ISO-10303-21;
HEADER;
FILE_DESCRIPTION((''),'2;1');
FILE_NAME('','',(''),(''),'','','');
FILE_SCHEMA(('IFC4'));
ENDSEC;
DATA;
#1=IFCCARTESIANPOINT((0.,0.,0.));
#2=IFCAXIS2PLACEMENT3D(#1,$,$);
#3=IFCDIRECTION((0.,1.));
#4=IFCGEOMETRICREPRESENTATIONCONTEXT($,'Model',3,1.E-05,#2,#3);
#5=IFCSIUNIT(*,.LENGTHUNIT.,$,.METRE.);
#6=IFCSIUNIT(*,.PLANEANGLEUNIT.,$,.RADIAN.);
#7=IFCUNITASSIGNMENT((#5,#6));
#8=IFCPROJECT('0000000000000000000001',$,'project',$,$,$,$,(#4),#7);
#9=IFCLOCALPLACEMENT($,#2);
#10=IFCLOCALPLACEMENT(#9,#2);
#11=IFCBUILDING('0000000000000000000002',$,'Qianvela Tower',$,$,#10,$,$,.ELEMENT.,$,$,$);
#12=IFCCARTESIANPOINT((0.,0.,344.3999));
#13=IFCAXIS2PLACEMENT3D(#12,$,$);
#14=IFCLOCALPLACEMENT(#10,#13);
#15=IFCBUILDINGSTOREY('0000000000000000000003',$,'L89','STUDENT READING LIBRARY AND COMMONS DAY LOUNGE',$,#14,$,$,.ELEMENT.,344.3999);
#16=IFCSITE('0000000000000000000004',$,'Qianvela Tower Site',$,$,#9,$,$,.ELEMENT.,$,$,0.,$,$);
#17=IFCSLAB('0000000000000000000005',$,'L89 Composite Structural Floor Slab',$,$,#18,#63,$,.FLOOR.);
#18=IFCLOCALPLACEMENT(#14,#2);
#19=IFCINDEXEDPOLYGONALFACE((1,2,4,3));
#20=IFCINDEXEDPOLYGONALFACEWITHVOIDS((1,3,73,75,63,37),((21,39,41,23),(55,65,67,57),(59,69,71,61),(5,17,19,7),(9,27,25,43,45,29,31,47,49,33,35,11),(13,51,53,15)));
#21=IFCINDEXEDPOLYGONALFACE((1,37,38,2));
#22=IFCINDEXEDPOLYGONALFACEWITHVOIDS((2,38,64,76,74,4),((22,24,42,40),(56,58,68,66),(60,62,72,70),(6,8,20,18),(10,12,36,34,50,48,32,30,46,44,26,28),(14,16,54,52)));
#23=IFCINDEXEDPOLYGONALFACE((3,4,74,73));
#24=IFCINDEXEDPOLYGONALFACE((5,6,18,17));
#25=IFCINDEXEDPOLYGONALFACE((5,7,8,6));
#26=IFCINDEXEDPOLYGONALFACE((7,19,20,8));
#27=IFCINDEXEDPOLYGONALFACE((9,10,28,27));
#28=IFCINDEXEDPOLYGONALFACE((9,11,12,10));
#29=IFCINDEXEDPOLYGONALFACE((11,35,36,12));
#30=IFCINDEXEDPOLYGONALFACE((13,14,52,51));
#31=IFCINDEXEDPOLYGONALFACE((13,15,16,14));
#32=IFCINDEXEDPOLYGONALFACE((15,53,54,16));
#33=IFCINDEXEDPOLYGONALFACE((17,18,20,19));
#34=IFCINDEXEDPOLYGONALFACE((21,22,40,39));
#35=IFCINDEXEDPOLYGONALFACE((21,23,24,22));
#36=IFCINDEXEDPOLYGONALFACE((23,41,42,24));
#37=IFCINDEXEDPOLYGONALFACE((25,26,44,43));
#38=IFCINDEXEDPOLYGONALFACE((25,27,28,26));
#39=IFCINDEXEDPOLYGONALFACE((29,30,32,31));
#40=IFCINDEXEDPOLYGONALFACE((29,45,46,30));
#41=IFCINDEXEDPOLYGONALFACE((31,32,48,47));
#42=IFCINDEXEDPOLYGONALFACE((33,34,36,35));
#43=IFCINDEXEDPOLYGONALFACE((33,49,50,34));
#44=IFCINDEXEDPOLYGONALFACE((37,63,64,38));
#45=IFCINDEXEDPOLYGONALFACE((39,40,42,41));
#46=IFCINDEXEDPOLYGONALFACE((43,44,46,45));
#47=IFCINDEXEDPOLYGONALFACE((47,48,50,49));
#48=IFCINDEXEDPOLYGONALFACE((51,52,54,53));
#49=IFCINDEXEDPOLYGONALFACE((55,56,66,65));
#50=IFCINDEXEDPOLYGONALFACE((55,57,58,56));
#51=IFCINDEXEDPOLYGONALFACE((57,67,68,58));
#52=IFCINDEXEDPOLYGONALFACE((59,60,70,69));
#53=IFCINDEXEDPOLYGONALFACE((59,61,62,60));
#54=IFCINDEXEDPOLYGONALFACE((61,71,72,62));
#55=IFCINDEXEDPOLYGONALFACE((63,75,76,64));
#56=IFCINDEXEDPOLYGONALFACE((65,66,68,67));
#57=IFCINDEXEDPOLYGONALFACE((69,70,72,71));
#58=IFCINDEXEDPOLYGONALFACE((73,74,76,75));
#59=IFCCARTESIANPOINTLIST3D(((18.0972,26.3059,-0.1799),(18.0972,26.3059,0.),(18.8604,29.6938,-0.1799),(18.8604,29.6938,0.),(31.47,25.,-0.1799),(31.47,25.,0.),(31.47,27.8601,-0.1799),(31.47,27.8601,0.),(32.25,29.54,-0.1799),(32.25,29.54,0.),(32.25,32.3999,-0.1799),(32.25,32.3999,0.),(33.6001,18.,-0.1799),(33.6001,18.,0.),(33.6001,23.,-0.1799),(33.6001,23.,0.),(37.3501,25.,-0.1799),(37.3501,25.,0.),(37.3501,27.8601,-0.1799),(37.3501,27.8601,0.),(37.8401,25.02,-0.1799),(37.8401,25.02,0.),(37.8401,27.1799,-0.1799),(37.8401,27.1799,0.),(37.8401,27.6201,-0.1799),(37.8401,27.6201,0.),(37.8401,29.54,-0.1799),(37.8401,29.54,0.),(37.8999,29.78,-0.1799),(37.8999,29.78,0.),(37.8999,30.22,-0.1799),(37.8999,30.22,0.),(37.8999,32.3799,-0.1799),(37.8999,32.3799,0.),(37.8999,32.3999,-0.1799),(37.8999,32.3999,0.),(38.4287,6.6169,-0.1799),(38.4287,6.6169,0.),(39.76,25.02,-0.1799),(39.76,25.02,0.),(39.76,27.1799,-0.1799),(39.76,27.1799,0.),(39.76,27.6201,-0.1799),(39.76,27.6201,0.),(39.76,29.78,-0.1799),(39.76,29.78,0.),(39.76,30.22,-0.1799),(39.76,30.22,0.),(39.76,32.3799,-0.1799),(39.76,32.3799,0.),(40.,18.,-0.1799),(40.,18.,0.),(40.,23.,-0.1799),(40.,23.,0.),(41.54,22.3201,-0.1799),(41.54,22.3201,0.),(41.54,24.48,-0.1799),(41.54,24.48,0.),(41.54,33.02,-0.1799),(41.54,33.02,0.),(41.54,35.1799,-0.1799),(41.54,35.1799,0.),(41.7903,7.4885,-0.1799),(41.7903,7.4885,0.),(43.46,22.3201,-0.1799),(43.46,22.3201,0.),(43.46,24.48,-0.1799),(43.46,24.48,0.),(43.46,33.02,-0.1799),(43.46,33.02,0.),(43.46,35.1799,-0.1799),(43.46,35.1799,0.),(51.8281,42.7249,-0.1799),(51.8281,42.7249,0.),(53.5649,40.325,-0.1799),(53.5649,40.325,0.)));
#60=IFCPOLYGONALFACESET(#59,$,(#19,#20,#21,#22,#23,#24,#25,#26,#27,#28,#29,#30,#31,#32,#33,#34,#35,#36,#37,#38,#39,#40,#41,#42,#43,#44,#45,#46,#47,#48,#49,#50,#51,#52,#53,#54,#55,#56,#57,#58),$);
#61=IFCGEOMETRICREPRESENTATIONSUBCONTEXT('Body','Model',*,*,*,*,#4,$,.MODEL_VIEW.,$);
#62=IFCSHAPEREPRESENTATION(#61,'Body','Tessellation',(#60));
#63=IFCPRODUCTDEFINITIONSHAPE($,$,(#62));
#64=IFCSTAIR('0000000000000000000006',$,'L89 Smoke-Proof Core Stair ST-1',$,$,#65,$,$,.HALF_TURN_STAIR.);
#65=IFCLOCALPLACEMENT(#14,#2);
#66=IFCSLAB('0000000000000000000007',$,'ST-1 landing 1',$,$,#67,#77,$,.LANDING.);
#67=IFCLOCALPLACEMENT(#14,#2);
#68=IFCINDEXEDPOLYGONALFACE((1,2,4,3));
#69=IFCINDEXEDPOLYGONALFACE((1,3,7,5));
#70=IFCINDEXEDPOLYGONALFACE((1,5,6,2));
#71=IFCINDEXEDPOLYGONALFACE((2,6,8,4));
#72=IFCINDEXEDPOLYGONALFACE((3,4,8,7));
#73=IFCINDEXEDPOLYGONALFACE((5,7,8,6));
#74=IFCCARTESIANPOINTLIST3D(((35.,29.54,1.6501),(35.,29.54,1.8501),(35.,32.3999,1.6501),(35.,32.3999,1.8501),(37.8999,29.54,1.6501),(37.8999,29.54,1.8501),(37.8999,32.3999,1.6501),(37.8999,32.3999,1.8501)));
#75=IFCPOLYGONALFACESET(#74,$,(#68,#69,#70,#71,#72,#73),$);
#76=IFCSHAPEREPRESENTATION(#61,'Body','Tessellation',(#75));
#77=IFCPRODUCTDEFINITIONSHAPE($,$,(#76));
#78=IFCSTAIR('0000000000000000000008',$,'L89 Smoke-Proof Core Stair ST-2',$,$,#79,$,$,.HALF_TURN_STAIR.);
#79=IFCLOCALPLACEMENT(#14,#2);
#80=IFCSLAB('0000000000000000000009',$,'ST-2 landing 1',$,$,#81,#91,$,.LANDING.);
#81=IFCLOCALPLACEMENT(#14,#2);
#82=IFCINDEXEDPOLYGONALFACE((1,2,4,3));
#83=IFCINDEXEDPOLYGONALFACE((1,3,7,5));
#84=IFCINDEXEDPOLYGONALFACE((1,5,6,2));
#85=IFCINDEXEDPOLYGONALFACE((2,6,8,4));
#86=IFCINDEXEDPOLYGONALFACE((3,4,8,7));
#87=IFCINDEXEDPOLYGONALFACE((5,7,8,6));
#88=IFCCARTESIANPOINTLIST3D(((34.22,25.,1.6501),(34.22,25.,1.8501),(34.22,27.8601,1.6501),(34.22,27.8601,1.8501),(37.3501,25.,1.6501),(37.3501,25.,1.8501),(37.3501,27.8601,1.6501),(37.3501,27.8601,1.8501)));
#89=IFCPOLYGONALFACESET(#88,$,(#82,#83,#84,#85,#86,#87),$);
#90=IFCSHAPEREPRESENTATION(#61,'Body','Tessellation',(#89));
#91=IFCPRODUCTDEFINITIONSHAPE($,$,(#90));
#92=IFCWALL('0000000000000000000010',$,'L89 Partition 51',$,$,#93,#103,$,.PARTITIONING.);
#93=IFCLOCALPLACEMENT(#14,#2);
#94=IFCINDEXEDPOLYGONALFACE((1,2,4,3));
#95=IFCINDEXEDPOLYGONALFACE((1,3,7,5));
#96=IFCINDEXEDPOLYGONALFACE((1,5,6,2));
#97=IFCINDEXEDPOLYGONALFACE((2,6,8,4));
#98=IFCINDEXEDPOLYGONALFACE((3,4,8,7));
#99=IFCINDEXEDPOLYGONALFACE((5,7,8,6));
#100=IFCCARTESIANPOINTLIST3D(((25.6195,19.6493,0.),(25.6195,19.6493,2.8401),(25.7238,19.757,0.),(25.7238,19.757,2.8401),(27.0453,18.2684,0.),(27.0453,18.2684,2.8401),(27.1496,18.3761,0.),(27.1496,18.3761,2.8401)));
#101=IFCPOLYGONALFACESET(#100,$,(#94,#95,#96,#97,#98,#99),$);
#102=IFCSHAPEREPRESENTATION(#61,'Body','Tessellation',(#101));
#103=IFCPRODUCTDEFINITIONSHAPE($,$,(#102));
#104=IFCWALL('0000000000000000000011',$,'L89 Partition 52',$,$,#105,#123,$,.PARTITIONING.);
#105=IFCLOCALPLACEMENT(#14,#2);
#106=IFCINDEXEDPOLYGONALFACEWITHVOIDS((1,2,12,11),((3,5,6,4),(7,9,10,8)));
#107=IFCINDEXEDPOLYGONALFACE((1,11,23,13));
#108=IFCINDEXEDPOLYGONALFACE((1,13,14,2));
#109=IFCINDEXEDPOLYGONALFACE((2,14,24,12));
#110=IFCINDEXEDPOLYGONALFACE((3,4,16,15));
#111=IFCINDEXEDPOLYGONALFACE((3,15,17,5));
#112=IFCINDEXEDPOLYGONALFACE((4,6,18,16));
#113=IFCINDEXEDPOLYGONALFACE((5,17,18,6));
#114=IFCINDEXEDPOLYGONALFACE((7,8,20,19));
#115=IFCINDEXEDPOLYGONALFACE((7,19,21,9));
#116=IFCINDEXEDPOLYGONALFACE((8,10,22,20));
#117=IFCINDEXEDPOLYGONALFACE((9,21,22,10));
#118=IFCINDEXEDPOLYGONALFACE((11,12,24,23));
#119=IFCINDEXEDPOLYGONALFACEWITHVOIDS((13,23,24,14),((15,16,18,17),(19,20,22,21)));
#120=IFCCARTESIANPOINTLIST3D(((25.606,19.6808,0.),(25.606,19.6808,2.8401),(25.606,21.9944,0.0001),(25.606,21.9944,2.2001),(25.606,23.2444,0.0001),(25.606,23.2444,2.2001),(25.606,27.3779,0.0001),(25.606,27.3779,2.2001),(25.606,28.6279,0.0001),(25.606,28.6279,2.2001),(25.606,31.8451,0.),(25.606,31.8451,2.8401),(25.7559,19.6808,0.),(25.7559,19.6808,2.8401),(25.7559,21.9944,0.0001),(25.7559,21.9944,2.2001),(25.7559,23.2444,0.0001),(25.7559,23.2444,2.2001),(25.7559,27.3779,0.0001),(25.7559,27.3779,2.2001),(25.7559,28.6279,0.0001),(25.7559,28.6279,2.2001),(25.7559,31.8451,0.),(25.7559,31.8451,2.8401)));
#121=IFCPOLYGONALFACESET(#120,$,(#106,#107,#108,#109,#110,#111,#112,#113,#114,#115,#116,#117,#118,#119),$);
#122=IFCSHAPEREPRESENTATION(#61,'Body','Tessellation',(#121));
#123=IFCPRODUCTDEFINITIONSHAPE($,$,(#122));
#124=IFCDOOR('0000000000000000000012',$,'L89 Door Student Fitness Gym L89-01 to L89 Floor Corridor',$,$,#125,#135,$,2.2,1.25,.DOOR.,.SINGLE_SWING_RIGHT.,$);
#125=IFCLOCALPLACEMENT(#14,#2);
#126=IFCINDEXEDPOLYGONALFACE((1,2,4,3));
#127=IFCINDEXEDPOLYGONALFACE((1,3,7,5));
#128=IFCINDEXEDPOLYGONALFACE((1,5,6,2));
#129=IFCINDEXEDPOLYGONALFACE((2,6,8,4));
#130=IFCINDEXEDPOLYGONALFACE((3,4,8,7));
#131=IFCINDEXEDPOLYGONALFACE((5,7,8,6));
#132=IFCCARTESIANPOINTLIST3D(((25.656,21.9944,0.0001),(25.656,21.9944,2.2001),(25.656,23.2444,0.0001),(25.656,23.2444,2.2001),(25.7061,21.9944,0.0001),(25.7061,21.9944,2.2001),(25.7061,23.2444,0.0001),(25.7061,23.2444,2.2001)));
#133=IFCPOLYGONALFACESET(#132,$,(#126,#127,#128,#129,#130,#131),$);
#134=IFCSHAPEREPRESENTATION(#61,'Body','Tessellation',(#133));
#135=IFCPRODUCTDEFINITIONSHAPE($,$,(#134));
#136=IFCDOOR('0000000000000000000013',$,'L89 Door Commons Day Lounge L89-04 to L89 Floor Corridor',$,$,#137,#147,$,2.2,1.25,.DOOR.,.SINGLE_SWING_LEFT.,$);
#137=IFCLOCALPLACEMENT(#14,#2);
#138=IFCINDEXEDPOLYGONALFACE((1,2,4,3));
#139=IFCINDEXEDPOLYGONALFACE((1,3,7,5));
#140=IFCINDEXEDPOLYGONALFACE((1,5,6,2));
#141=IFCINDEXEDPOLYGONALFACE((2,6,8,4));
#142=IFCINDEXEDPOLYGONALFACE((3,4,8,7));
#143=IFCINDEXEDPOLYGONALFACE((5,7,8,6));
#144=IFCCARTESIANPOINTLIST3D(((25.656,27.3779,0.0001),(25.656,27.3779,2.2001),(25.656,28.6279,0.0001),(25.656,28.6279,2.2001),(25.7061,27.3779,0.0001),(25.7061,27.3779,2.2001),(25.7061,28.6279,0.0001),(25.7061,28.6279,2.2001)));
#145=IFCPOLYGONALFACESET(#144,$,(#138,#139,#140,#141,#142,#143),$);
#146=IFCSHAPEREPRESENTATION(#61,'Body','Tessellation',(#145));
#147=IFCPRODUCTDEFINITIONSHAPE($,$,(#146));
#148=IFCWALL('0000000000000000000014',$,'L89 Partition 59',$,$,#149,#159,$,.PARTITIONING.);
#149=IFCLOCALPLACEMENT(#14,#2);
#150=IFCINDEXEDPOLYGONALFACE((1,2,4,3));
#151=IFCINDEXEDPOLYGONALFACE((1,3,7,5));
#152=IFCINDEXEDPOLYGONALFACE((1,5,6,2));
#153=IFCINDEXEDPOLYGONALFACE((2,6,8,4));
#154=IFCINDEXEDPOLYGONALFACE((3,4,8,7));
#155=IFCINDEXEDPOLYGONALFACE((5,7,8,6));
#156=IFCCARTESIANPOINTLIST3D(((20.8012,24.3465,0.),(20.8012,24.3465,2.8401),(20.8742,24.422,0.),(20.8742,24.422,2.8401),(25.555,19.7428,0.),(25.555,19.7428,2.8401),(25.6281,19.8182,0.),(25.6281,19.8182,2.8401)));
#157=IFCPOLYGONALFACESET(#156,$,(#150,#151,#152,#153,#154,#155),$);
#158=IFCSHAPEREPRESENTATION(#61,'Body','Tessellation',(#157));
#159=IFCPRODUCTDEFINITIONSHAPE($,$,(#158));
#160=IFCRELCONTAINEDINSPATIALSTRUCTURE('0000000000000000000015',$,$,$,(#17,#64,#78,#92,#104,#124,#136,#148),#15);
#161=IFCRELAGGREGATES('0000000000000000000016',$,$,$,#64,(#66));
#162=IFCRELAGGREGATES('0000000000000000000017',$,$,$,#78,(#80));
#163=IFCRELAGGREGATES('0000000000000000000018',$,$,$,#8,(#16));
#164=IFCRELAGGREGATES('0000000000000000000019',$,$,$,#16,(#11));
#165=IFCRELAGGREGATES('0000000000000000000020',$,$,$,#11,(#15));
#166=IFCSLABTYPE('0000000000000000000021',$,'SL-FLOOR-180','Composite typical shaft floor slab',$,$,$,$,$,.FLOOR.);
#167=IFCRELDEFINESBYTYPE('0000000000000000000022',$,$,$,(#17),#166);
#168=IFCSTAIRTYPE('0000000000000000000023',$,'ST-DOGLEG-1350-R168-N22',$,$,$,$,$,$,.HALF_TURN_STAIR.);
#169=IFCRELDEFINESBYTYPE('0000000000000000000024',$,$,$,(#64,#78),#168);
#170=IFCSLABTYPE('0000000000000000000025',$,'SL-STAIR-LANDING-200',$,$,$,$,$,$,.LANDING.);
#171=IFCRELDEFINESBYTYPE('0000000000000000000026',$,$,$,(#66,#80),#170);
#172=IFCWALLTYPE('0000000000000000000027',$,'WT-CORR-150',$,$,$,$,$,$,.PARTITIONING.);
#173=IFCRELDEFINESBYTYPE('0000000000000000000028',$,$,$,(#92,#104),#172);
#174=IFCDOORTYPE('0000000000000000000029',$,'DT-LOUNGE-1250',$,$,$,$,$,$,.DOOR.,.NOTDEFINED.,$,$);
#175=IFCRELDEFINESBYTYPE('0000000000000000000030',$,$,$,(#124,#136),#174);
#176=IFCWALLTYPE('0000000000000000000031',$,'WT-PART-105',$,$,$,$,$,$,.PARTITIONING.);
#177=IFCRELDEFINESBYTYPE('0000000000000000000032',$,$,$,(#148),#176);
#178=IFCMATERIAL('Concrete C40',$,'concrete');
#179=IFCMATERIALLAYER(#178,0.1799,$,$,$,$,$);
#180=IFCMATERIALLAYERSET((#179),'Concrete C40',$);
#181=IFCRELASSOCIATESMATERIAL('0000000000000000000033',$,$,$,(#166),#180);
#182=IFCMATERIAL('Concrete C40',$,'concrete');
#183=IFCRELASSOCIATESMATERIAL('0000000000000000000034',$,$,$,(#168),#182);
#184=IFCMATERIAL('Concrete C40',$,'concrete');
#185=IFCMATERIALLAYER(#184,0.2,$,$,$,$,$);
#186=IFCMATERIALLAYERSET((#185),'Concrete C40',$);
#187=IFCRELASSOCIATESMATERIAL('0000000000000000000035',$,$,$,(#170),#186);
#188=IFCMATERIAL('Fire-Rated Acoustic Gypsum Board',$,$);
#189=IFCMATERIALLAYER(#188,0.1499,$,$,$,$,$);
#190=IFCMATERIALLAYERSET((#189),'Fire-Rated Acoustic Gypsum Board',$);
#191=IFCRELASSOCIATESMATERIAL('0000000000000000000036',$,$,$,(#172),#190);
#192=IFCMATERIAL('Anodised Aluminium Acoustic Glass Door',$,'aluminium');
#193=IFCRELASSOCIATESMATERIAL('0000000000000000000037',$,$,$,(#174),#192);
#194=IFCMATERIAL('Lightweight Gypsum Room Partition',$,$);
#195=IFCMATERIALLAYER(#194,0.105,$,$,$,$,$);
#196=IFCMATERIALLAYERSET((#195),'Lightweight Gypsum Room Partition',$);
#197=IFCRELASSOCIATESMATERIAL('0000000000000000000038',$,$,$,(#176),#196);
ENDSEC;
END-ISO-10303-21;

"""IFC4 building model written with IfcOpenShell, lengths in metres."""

from ifc_helpers import new_model, si_unit, direction, frame, frame_2d, origin, place, context, subcontext, project, spatial, polyline, rectangle, outline, extrude, material, layer, layer_set, type_object, element, fill, aggregate, save


model = new_model("IFC4")

# Units and contexts
model_context = context("Model", 3, precision=1e-05, world=origin(), true_north=direction((0.0, 1.0)))
body_context = subcontext(model_context, "Body", "Model", "MODEL_VIEW")
ifc_project = project(units=[si_unit("LENGTHUNIT", "METRE"), si_unit("PLANEANGLEUNIT", "RADIAN")], contexts=[model_context])

# Site, building, storey
site_placement = place(None, origin())
site = spatial("IfcSite", under=ifc_project, at=site_placement, Name="Qianvela Tower Site", CompositionType="ELEMENT", RefElevation=0.0)
building_placement = place(site_placement, origin())
building = spatial("IfcBuilding", under=site, at=building_placement, Name="Qianvela Tower", CompositionType="ELEMENT")
storey_placement = place(building_placement, frame((0.0, 0.0, 344.3999)))
storey = spatial("IfcBuildingStorey", under=building, at=storey_placement, Name="L89", Description="STUDENT READING LIBRARY AND COMMONS DAY LOUNGE", CompositionType="ELEMENT", Elevation=344.3999)

# Slab
ifc_material_1 = material(Name="Concrete C40", Category="concrete")
ifc_layer_1 = layer(ifc_material_1, 0.1799)
ifc_layer_set_1 = layer_set([ifc_layer_1], Name="Concrete C40")
slab_type_1 = type_object("IfcSlabType", Name="SL-FLOOR-180", Description="Composite typical shaft floor slab", PredefinedType="FLOOR", material=ifc_layer_set_1)
slab_1_placement = place(storey_placement, frame((0.0, 0.0, -0.1799)))
element("IfcSlab", 1, at=slab_1_placement, inside=storey, type_object=slab_type_1, Name="L89 Composite Structural Floor Slab", PredefinedType="FLOOR", context=body_context, shape_type="SweptSolid", body=[
    extrude(outline(polyline([(53.5649, 40.325), (51.8281, 42.7249), (18.8604, 29.6938), (18.0972, 26.3059), (38.4287, 6.6169), (41.7903, 7.4885), (53.5649, 40.325)]), holes=[polyline([(40.0, 23.0), (33.6001, 23.0), (33.6001, 18.0), (40.0, 18.0), (40.0, 23.0)]), polyline([(43.46, 24.48), (41.54, 24.48), (41.54, 22.3201), (43.46, 22.3201), (43.46, 24.48)]), polyline([(39.76, 27.1799), (37.8401, 27.1799), (37.8401, 25.02), (39.76, 25.02), (39.76, 27.1799)]), polyline([(37.3501, 27.8601), (31.47, 27.8601), (31.47, 25.0), (37.3501, 25.0), (37.3501, 27.8601)]), polyline([(39.76, 27.6201), (39.76, 29.78), (37.8999, 29.78), (37.8999, 30.22), (39.76, 30.22), (39.76, 32.3799), (37.8999, 32.3799), (37.8999, 32.3999), (32.25, 32.3999), (32.25, 29.54), (37.8401, 29.54), (37.8401, 27.6201), (39.76, 27.6201)]), polyline([(43.46, 35.1799), (41.54, 35.1799), (41.54, 33.02), (43.46, 33.02), (43.46, 35.1799)])]), origin(), (0.0, 0.0, 1.0), 0.1799),
])

# Stairs, slabs
ifc_material_2 = material(Name="Concrete C40", Category="concrete")
stair_type = type_object("IfcStairType", Name="ST-DOGLEG-1350-R168-N22", PredefinedType="HALF_TURN_STAIR", material=ifc_material_2)
stair_1_placement = place(storey_placement, origin())
stair_1 = element("IfcStair", 2, at=stair_1_placement, inside=storey, type_object=stair_type, Name="L89 Smoke-Proof Core Stair ST-1", PredefinedType="HALF_TURN_STAIR")
ifc_material_3 = material(Name="Concrete C40", Category="concrete")
ifc_layer_2 = layer(ifc_material_3, 0.2)
ifc_layer_set_2 = layer_set([ifc_layer_2], Name="Concrete C40")
slab_type_2 = type_object("IfcSlabType", Name="SL-STAIR-LANDING-200", PredefinedType="LANDING", material=ifc_layer_set_2)
slab_2_placement = place(storey_placement, frame((0.0, 0.0, 1.6501)))
slab_2 = element("IfcSlab", 3, at=slab_2_placement, type_object=slab_type_2, Name="ST-1 landing 1", PredefinedType="LANDING", context=body_context, shape_type="SweptSolid", body=[
    extrude(outline(polyline([(35.0, 29.54), (37.8999, 29.54), (37.8999, 32.3999), (35.0, 32.3999), (35.0, 29.54)])), origin(), (0.0, 0.0, 1.0), 0.2),
])
aggregate(stair_1, [slab_2])
stair_2_placement = place(storey_placement, origin())
stair_2 = element("IfcStair", 4, at=stair_2_placement, inside=storey, type_object=stair_type, Name="L89 Smoke-Proof Core Stair ST-2", PredefinedType="HALF_TURN_STAIR")
slab_3_placement = place(storey_placement, frame((0.0, 0.0, 1.6501)))
slab_3 = element("IfcSlab", 5, at=slab_3_placement, type_object=slab_type_2, Name="ST-2 landing 1", PredefinedType="LANDING", context=body_context, shape_type="SweptSolid", body=[
    extrude(outline(polyline([(34.22, 25.0), (37.3501, 25.0), (37.3501, 27.8601), (34.22, 27.8601), (34.22, 25.0)])), origin(), (0.0, 0.0, 1.0), 0.2),
])
aggregate(stair_2, [slab_3])

# Wall
ifc_material_4 = material(Name="Fire-Rated Acoustic Gypsum Board")
ifc_layer_3 = layer(ifc_material_4, 0.1499)
ifc_layer_set_3 = layer_set([ifc_layer_3], Name="Fire-Rated Acoustic Gypsum Board")
wall_type_1 = type_object("IfcWallType", Name="WT-CORR-150", PredefinedType="PARTITIONING", material=ifc_layer_set_3)
wall_1_placement = place(storey_placement, frame((27.0974, 18.3223, 0.0), z_axis=(0.0, 0.0, 1.0), x_axis=(-0.718332, 0.6957, 0.0)))
element("IfcWall", 6, at=wall_1_placement, inside=storey, type_object=wall_type_1, Name="L89 Partition 51", PredefinedType="PARTITIONING", context=body_context, shape_type="SweptSolid", body=[
    extrude(rectangle(XDim=1.9849, YDim=0.1499, at=frame_2d((0.9924, 0.0))), origin(), (0.0, 0.0, 1.0), 2.8401),
])

# Wall, openings, doors
wall_2_placement = place(storey_placement, frame((25.6809, 19.6809, 0.0), z_axis=(0.0, 0.0, 1.0), x_axis=(0.0, 1.0, 0.0)))
wall_2 = element("IfcWall", 7, at=wall_2_placement, inside=storey, type_object=wall_type_1, Name="L89 Partition 52", PredefinedType="PARTITIONING", context=body_context, shape_type="SweptSolid", body=[
    extrude(rectangle(XDim=12.1643, YDim=0.1499, at=frame_2d((6.082, 0.0))), origin(), (0.0, 0.0, 1.0), 2.8401),
])
opening_1_placement = place(wall_2_placement, frame((2.3135, 0.0, 0.0)))
opening_1 = element("IfcOpeningElement", 8, at=opening_1_placement, cuts=wall_2, PredefinedType="OPENING", context=body_context, shape_type="SweptSolid", body=[
    extrude(rectangle(XDim=1.25, YDim=2.2, at=frame_2d((0.625, 1.1001))), frame((0.0, 0.085, 0.0), z_axis=(0.0, -1.0, 0.0), x_axis=(1.0, 0.0, 0.0)), (0.0, 0.0, 1.0), 0.1699),
])
opening_2_placement = place(wall_2_placement, frame((7.697, 0.0, 0.0)))
opening_2 = element("IfcOpeningElement", 9, at=opening_2_placement, cuts=wall_2, PredefinedType="OPENING", context=body_context, shape_type="SweptSolid", body=[
    extrude(rectangle(XDim=1.25, YDim=2.2, at=frame_2d((0.625, 1.1001))), frame((0.0, 0.085, 0.0), z_axis=(0.0, -1.0, 0.0), x_axis=(1.0, 0.0, 0.0)), (0.0, 0.0, 1.0), 0.1699),
])
ifc_material_5 = material(Name="Anodised Aluminium Acoustic Glass Door", Category="aluminium")
door_type = type_object("IfcDoorType", Name="DT-LOUNGE-1250", OperationType="NOTDEFINED", PredefinedType="DOOR", material=ifc_material_5)
door_1_placement = place(opening_1_placement, origin())
door_1 = element("IfcDoor", 10, at=door_1_placement, inside=storey, type_object=door_type, Name="L89 Door Student Fitness Gym L89-01 to L89 Floor Corridor", OperationType="SINGLE_SWING_RIGHT", OverallHeight=2.2, OverallWidth=1.25, PredefinedType="DOOR", context=body_context, shape_type="SweptSolid", body=[
    extrude(rectangle(XDim=1.25, YDim=2.2, at=frame_2d((0.625, 1.1001))), frame((0.0, 0.0249, 0.0), z_axis=(0.0, -1.0, 0.0), x_axis=(1.0, 0.0, 0.0)), (0.0, 0.0, 1.0), 0.05),
])
fill(opening_1, door_1)
door_2_placement = place(opening_2_placement, origin())
door_2 = element("IfcDoor", 11, at=door_2_placement, inside=storey, type_object=door_type, Name="L89 Door Commons Day Lounge L89-04 to L89 Floor Corridor", OperationType="SINGLE_SWING_LEFT", OverallHeight=2.2, OverallWidth=1.25, PredefinedType="DOOR", context=body_context, shape_type="SweptSolid", body=[
    extrude(rectangle(XDim=1.25, YDim=2.2, at=frame_2d((0.625, 1.1001))), frame((0.0, 0.0249, 0.0), z_axis=(0.0, -1.0, 0.0), x_axis=(1.0, 0.0, 0.0)), (0.0, 0.0, 1.0), 0.05),
])
fill(opening_2, door_2)

# Wall
ifc_material_6 = material(Name="Lightweight Gypsum Room Partition")
ifc_layer_4 = layer(ifc_material_6, 0.105)
ifc_layer_set_4 = layer_set([ifc_layer_4], Name="Lightweight Gypsum Room Partition")
wall_type_2 = type_object("IfcWallType", Name="WT-PART-105", PredefinedType="PARTITIONING", material=ifc_layer_set_4)
wall_3_placement = place(storey_placement, frame((25.5916, 19.7805, 0.0), z_axis=(0.0, 0.0, 1.0), x_axis=(-0.71836, 0.695672, 0.0)))
element("IfcWall", 12, at=wall_3_placement, inside=storey, type_object=wall_type_2, Name="L89 Partition 59", PredefinedType="PARTITIONING", context=body_context, shape_type="SweptSolid", body=[
    extrude(rectangle(XDim=6.6177, YDim=0.105, at=frame_2d((3.3088, 0.0))), origin(), (0.0, 0.0, 1.0), 2.8401),
])

save(model, "model.ifc")
